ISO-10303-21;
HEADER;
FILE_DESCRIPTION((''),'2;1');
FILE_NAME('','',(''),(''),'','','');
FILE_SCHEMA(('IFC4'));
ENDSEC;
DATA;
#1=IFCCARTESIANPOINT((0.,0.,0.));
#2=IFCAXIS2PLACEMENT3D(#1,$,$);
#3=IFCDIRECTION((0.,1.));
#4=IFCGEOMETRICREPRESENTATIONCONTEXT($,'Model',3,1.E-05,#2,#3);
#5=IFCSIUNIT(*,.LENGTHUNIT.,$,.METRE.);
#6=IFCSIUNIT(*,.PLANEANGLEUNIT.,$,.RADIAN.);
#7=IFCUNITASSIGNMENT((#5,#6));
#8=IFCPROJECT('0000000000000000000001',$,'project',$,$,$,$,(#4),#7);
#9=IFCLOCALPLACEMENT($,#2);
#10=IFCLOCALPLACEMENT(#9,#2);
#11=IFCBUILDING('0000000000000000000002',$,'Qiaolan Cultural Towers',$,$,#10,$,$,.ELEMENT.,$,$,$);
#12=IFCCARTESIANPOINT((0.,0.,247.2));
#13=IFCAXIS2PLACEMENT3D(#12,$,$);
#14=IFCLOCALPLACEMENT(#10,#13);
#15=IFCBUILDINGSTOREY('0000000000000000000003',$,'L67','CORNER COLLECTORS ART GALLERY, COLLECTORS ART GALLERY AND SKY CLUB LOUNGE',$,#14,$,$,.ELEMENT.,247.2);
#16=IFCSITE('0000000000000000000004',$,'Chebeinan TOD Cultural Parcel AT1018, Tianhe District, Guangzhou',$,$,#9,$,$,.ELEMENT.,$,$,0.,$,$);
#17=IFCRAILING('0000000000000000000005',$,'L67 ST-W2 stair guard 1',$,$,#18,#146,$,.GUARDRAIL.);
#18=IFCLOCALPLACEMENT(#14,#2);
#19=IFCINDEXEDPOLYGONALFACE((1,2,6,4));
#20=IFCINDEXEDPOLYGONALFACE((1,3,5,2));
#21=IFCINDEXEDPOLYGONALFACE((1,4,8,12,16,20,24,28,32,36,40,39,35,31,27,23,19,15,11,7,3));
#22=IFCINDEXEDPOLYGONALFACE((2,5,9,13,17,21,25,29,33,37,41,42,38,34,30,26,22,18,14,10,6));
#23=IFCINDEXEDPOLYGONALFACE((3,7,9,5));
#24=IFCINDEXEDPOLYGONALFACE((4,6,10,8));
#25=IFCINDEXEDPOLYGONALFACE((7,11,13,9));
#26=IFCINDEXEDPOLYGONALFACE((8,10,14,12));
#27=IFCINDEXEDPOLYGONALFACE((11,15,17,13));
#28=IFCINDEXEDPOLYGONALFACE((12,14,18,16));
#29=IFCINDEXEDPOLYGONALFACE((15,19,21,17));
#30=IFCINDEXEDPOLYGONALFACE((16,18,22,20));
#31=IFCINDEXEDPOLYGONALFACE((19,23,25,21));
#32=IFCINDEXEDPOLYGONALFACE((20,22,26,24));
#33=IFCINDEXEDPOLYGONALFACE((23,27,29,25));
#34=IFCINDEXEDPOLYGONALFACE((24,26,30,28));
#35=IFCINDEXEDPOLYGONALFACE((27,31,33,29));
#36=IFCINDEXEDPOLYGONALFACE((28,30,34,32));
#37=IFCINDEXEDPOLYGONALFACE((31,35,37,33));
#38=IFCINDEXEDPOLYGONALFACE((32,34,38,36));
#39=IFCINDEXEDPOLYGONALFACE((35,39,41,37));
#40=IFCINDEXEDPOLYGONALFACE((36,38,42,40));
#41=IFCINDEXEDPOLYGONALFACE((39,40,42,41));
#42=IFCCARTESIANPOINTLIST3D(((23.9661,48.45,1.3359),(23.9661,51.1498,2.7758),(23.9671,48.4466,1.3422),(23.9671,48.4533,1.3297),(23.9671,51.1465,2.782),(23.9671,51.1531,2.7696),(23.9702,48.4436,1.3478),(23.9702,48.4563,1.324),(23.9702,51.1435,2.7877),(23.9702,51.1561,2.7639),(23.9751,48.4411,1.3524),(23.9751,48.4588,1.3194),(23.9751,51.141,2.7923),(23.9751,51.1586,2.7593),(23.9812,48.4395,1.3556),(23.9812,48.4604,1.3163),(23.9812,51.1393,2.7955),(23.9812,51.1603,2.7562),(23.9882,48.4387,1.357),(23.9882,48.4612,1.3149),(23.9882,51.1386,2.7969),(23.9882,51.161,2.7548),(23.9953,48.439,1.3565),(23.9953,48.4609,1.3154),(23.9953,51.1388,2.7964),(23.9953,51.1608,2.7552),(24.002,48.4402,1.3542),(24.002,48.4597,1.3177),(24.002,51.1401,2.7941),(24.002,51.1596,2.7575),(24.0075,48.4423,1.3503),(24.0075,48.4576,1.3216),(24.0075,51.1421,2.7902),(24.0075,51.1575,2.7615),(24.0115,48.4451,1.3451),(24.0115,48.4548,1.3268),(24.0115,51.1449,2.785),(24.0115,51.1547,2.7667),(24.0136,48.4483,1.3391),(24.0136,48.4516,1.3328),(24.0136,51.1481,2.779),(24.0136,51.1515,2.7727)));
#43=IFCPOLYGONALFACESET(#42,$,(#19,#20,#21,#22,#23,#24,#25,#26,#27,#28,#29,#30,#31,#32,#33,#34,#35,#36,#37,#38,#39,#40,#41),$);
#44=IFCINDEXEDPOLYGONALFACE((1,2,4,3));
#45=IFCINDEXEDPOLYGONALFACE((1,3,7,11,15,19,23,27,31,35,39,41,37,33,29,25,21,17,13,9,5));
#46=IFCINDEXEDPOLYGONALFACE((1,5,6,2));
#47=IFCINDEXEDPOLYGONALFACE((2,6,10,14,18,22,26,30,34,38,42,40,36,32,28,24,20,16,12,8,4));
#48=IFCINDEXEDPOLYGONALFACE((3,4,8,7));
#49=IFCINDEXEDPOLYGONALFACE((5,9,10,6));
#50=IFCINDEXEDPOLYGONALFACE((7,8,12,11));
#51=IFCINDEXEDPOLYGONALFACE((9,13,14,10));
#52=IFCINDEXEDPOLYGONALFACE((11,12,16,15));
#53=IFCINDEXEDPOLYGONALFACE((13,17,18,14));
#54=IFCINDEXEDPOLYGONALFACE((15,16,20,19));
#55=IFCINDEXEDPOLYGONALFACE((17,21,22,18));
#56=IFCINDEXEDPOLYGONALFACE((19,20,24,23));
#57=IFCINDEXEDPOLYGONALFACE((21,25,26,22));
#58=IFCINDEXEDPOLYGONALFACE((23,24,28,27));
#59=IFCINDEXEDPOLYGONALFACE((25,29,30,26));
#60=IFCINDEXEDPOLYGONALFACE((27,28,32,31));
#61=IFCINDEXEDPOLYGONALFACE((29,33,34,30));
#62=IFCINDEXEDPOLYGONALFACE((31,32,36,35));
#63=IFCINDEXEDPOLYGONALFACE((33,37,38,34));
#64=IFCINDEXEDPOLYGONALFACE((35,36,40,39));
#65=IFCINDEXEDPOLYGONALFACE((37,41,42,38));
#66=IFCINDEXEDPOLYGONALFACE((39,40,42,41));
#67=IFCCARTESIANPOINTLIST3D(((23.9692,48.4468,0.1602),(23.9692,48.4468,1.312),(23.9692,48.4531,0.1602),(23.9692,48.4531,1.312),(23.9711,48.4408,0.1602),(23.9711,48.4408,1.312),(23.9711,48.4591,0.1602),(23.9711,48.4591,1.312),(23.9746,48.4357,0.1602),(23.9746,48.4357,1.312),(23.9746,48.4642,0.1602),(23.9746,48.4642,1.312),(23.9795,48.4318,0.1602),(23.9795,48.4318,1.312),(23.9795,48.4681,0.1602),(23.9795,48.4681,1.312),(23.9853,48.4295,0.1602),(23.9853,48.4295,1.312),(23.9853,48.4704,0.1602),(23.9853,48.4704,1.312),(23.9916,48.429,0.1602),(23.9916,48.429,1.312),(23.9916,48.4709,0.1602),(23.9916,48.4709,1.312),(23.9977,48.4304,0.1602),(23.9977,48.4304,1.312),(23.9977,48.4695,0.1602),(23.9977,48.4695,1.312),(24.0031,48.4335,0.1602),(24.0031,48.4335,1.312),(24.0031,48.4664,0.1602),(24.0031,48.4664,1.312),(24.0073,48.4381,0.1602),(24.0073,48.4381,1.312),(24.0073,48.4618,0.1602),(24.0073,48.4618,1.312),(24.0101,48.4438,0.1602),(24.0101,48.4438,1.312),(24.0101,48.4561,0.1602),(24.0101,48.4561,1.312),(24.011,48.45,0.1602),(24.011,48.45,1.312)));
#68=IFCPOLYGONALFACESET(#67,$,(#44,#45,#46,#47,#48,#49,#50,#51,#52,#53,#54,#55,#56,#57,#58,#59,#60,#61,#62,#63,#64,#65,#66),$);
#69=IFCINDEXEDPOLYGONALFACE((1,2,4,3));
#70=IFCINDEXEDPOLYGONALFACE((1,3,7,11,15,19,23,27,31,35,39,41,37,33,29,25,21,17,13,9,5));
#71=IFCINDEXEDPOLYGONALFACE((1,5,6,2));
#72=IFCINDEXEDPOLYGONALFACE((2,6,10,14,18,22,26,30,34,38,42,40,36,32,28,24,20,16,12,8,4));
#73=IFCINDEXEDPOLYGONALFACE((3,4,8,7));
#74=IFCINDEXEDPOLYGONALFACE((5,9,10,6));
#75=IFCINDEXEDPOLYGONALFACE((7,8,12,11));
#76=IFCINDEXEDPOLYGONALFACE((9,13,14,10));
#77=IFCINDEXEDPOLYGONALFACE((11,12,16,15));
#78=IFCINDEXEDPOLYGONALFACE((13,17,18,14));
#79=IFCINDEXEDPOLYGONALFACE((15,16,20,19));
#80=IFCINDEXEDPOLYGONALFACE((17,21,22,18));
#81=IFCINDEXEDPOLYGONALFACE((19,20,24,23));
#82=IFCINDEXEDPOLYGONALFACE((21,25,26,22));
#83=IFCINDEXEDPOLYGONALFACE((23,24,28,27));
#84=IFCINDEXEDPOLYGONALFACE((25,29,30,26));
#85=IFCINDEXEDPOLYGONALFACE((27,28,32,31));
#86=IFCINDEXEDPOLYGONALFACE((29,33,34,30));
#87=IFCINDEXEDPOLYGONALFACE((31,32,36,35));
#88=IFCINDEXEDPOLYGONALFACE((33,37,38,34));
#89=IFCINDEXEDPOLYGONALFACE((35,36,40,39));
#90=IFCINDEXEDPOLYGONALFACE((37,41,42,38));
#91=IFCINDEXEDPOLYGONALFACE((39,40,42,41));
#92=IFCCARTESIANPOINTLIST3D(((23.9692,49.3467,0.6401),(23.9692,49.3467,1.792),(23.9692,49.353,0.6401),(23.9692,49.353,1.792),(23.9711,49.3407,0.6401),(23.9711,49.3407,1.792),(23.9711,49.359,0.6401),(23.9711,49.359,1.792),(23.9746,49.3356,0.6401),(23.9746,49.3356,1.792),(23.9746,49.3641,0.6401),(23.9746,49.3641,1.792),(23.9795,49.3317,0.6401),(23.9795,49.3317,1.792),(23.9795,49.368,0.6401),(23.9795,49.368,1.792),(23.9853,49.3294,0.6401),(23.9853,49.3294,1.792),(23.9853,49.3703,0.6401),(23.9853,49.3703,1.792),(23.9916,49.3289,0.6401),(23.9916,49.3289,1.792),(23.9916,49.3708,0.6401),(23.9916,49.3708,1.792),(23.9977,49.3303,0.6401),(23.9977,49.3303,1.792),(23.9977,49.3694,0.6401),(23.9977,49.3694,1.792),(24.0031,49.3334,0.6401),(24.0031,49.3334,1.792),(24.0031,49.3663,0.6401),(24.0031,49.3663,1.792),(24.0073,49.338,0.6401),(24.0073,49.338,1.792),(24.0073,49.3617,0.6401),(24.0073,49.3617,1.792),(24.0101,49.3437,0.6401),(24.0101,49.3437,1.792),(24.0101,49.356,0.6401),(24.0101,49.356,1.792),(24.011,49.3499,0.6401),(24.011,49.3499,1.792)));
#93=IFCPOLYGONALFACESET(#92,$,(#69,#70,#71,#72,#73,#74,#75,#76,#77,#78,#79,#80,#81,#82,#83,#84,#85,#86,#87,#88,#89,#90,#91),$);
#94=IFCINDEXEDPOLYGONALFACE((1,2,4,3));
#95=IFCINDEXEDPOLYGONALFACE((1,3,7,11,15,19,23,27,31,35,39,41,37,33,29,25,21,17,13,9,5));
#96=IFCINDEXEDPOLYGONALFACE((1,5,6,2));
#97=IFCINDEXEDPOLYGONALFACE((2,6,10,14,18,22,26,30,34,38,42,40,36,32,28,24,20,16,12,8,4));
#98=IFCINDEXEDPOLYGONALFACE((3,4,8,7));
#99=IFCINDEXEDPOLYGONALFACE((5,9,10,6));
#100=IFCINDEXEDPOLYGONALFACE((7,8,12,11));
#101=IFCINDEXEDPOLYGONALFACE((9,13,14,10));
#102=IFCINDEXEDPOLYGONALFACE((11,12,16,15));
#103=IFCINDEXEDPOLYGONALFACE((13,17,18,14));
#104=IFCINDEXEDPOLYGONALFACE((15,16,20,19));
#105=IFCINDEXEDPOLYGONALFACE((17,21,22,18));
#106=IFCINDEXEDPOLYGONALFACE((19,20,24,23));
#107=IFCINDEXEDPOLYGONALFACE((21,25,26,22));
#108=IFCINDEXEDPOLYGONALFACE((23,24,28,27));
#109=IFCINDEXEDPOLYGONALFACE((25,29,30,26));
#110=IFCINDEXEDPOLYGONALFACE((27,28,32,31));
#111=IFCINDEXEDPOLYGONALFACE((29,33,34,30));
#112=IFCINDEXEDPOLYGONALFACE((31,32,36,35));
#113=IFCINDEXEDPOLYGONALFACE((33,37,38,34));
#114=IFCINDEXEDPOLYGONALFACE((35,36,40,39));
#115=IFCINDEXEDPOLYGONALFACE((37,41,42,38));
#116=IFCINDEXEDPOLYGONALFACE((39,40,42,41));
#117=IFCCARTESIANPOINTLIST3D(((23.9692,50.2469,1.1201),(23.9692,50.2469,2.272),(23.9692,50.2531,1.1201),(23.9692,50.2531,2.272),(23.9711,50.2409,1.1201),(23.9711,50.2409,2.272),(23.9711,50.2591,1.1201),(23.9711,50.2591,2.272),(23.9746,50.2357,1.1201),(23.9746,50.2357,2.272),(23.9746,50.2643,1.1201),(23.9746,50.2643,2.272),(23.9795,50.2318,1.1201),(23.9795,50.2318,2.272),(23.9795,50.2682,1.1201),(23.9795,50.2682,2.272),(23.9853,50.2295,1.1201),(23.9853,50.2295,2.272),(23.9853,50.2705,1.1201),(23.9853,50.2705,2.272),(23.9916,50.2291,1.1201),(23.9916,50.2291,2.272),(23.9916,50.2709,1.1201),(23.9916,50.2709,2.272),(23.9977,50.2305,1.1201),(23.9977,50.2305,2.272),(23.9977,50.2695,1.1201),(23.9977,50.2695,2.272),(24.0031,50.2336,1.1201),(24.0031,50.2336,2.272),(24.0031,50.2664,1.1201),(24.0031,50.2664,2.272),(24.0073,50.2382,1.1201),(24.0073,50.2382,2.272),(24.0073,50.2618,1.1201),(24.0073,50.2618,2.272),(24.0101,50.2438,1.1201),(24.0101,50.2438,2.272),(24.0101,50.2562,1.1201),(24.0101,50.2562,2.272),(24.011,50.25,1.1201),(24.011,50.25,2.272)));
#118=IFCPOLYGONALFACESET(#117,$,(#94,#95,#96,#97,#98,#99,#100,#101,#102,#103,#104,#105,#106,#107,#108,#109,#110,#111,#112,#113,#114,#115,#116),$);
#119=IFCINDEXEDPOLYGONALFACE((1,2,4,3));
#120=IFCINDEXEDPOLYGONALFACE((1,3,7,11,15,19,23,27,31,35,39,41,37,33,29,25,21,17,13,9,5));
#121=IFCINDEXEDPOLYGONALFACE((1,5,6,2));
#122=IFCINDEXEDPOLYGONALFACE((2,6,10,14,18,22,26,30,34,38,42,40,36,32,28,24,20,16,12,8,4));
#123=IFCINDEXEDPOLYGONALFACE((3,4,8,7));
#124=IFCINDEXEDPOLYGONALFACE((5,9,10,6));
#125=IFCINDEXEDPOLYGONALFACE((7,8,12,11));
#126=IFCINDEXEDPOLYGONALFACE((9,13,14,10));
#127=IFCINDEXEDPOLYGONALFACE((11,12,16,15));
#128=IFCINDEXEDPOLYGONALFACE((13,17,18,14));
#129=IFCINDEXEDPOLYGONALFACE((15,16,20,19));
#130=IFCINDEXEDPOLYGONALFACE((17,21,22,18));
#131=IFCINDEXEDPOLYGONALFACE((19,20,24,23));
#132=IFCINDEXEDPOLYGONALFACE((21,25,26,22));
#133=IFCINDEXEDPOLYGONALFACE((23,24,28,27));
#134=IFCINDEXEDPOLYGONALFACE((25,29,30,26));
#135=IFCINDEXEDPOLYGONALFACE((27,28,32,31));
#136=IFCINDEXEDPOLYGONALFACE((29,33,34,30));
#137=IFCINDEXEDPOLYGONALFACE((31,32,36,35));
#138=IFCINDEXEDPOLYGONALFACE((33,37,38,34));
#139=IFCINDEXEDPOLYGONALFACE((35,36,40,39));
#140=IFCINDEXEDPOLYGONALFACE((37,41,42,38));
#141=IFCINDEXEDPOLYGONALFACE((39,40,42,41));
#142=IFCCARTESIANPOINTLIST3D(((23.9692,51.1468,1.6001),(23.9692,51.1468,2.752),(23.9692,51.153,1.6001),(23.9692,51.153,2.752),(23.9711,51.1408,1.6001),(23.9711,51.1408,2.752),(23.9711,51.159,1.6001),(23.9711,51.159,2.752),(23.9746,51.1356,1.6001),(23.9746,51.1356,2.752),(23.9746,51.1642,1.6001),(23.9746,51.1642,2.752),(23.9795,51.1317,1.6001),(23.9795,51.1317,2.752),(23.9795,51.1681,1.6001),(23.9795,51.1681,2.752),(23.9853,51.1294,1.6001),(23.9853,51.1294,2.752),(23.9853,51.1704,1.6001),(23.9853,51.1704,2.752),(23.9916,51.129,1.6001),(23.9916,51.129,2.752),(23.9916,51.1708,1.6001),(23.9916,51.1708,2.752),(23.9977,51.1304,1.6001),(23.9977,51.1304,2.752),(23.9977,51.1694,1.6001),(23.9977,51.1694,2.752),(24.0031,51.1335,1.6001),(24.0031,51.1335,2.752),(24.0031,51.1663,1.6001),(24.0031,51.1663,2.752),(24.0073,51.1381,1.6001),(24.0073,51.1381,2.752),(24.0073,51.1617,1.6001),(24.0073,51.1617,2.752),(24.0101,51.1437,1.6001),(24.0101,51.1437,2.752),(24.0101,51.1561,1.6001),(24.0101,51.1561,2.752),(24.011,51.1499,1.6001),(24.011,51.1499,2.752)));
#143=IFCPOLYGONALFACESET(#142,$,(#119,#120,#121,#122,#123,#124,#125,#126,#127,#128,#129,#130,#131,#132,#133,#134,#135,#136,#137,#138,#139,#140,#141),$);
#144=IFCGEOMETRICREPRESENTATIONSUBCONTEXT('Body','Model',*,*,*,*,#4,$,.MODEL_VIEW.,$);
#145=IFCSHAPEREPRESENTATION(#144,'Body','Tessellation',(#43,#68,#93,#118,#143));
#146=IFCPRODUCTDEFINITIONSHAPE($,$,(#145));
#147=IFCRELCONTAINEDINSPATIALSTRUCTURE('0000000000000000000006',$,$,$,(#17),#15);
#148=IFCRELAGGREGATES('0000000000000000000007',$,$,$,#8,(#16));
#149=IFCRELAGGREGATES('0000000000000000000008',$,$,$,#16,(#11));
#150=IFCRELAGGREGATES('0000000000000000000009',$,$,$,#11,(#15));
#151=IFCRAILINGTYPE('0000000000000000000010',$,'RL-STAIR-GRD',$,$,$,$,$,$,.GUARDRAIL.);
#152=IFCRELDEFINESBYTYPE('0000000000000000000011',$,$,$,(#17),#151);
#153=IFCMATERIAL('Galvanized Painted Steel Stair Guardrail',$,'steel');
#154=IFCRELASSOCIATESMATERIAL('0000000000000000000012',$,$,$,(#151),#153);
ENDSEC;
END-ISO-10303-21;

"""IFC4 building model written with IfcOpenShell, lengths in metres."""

from ifc_helpers import new_model, si_unit, direction, frame, origin, origin_2d, place, context, subcontext, project, spatial, circle, extrude, material, type_object, element, save


model = new_model("IFC4")

# Units and contexts
model_context = context("Model", 3, precision=1e-05, world=origin(), true_north=direction((0.0, 1.0)))
body_context = subcontext(model_context, "Body", "Model", "MODEL_VIEW")
ifc_project = project(units=[si_unit("LENGTHUNIT", "METRE"), si_unit("PLANEANGLEUNIT", "RADIAN")], contexts=[model_context])

# Site, building, storey
site_placement = place(None, origin())
site = spatial("IfcSite", under=ifc_project, at=site_placement, Name="Chebeinan TOD Cultural Parcel AT1018, Tianhe District, Guangzhou", CompositionType="ELEMENT", RefElevation=0.0)
building_placement = place(site_placement, origin())
building = spatial("IfcBuilding", under=site, at=building_placement, Name="Qiaolan Cultural Towers", CompositionType="ELEMENT")
storey_placement = place(building_placement, frame((0.0, 0.0, 247.2)))
storey = spatial("IfcBuildingStorey", under=building, at=storey_placement, Name="L67", Description="CORNER COLLECTORS ART GALLERY, COLLECTORS ART GALLERY AND SKY CLUB LOUNGE", CompositionType="ELEMENT", Elevation=247.2)

# Railing
ifc_material_1 = material(Name="Galvanized Painted Steel Stair Guardrail", Category="steel")
railing_type_1 = type_object("IfcRailingType", Name="RL-STAIR-GRD", PredefinedType="GUARDRAIL", material=ifc_material_1)
railing_1_placement = place(storey_placement, frame((23.99, 48.45, 0.1602)))
element("IfcRailing", 1, at=railing_1_placement, inside=storey, type_object=railing_type_1, Name="L67 ST-W2 stair guard 1", PredefinedType="GUARDRAIL", context=body_context, shape_type="SweptSolid", body=[
    extrude(circle(Radius=0.0239, at=origin_2d()), frame((0.0, 0.0, 1.1758), z_axis=(0.0, 0.882357, 0.47058), x_axis=(-1.0, 0.0, 0.0)), (0.0, 0.0, 1.0), 3.0598),
    extrude(circle(Radius=0.021, at=origin_2d()), origin(), (0.0, 0.0, 1.0), 1.1519),
    extrude(circle(Radius=0.021, at=origin_2d()), frame((0.0, 0.8999, 0.48)), (0.0, 0.0, 1.0), 1.1519),
    extrude(circle(Radius=0.021, at=origin_2d()), frame((0.0, 1.8, 0.96)), (0.0, 0.0, 1.0), 1.1519),
    extrude(circle(Radius=0.021, at=origin_2d()), frame((0.0, 2.7, 1.4399)), (0.0, 0.0, 1.0), 1.1519),
])

save(model, "model.ifc")
